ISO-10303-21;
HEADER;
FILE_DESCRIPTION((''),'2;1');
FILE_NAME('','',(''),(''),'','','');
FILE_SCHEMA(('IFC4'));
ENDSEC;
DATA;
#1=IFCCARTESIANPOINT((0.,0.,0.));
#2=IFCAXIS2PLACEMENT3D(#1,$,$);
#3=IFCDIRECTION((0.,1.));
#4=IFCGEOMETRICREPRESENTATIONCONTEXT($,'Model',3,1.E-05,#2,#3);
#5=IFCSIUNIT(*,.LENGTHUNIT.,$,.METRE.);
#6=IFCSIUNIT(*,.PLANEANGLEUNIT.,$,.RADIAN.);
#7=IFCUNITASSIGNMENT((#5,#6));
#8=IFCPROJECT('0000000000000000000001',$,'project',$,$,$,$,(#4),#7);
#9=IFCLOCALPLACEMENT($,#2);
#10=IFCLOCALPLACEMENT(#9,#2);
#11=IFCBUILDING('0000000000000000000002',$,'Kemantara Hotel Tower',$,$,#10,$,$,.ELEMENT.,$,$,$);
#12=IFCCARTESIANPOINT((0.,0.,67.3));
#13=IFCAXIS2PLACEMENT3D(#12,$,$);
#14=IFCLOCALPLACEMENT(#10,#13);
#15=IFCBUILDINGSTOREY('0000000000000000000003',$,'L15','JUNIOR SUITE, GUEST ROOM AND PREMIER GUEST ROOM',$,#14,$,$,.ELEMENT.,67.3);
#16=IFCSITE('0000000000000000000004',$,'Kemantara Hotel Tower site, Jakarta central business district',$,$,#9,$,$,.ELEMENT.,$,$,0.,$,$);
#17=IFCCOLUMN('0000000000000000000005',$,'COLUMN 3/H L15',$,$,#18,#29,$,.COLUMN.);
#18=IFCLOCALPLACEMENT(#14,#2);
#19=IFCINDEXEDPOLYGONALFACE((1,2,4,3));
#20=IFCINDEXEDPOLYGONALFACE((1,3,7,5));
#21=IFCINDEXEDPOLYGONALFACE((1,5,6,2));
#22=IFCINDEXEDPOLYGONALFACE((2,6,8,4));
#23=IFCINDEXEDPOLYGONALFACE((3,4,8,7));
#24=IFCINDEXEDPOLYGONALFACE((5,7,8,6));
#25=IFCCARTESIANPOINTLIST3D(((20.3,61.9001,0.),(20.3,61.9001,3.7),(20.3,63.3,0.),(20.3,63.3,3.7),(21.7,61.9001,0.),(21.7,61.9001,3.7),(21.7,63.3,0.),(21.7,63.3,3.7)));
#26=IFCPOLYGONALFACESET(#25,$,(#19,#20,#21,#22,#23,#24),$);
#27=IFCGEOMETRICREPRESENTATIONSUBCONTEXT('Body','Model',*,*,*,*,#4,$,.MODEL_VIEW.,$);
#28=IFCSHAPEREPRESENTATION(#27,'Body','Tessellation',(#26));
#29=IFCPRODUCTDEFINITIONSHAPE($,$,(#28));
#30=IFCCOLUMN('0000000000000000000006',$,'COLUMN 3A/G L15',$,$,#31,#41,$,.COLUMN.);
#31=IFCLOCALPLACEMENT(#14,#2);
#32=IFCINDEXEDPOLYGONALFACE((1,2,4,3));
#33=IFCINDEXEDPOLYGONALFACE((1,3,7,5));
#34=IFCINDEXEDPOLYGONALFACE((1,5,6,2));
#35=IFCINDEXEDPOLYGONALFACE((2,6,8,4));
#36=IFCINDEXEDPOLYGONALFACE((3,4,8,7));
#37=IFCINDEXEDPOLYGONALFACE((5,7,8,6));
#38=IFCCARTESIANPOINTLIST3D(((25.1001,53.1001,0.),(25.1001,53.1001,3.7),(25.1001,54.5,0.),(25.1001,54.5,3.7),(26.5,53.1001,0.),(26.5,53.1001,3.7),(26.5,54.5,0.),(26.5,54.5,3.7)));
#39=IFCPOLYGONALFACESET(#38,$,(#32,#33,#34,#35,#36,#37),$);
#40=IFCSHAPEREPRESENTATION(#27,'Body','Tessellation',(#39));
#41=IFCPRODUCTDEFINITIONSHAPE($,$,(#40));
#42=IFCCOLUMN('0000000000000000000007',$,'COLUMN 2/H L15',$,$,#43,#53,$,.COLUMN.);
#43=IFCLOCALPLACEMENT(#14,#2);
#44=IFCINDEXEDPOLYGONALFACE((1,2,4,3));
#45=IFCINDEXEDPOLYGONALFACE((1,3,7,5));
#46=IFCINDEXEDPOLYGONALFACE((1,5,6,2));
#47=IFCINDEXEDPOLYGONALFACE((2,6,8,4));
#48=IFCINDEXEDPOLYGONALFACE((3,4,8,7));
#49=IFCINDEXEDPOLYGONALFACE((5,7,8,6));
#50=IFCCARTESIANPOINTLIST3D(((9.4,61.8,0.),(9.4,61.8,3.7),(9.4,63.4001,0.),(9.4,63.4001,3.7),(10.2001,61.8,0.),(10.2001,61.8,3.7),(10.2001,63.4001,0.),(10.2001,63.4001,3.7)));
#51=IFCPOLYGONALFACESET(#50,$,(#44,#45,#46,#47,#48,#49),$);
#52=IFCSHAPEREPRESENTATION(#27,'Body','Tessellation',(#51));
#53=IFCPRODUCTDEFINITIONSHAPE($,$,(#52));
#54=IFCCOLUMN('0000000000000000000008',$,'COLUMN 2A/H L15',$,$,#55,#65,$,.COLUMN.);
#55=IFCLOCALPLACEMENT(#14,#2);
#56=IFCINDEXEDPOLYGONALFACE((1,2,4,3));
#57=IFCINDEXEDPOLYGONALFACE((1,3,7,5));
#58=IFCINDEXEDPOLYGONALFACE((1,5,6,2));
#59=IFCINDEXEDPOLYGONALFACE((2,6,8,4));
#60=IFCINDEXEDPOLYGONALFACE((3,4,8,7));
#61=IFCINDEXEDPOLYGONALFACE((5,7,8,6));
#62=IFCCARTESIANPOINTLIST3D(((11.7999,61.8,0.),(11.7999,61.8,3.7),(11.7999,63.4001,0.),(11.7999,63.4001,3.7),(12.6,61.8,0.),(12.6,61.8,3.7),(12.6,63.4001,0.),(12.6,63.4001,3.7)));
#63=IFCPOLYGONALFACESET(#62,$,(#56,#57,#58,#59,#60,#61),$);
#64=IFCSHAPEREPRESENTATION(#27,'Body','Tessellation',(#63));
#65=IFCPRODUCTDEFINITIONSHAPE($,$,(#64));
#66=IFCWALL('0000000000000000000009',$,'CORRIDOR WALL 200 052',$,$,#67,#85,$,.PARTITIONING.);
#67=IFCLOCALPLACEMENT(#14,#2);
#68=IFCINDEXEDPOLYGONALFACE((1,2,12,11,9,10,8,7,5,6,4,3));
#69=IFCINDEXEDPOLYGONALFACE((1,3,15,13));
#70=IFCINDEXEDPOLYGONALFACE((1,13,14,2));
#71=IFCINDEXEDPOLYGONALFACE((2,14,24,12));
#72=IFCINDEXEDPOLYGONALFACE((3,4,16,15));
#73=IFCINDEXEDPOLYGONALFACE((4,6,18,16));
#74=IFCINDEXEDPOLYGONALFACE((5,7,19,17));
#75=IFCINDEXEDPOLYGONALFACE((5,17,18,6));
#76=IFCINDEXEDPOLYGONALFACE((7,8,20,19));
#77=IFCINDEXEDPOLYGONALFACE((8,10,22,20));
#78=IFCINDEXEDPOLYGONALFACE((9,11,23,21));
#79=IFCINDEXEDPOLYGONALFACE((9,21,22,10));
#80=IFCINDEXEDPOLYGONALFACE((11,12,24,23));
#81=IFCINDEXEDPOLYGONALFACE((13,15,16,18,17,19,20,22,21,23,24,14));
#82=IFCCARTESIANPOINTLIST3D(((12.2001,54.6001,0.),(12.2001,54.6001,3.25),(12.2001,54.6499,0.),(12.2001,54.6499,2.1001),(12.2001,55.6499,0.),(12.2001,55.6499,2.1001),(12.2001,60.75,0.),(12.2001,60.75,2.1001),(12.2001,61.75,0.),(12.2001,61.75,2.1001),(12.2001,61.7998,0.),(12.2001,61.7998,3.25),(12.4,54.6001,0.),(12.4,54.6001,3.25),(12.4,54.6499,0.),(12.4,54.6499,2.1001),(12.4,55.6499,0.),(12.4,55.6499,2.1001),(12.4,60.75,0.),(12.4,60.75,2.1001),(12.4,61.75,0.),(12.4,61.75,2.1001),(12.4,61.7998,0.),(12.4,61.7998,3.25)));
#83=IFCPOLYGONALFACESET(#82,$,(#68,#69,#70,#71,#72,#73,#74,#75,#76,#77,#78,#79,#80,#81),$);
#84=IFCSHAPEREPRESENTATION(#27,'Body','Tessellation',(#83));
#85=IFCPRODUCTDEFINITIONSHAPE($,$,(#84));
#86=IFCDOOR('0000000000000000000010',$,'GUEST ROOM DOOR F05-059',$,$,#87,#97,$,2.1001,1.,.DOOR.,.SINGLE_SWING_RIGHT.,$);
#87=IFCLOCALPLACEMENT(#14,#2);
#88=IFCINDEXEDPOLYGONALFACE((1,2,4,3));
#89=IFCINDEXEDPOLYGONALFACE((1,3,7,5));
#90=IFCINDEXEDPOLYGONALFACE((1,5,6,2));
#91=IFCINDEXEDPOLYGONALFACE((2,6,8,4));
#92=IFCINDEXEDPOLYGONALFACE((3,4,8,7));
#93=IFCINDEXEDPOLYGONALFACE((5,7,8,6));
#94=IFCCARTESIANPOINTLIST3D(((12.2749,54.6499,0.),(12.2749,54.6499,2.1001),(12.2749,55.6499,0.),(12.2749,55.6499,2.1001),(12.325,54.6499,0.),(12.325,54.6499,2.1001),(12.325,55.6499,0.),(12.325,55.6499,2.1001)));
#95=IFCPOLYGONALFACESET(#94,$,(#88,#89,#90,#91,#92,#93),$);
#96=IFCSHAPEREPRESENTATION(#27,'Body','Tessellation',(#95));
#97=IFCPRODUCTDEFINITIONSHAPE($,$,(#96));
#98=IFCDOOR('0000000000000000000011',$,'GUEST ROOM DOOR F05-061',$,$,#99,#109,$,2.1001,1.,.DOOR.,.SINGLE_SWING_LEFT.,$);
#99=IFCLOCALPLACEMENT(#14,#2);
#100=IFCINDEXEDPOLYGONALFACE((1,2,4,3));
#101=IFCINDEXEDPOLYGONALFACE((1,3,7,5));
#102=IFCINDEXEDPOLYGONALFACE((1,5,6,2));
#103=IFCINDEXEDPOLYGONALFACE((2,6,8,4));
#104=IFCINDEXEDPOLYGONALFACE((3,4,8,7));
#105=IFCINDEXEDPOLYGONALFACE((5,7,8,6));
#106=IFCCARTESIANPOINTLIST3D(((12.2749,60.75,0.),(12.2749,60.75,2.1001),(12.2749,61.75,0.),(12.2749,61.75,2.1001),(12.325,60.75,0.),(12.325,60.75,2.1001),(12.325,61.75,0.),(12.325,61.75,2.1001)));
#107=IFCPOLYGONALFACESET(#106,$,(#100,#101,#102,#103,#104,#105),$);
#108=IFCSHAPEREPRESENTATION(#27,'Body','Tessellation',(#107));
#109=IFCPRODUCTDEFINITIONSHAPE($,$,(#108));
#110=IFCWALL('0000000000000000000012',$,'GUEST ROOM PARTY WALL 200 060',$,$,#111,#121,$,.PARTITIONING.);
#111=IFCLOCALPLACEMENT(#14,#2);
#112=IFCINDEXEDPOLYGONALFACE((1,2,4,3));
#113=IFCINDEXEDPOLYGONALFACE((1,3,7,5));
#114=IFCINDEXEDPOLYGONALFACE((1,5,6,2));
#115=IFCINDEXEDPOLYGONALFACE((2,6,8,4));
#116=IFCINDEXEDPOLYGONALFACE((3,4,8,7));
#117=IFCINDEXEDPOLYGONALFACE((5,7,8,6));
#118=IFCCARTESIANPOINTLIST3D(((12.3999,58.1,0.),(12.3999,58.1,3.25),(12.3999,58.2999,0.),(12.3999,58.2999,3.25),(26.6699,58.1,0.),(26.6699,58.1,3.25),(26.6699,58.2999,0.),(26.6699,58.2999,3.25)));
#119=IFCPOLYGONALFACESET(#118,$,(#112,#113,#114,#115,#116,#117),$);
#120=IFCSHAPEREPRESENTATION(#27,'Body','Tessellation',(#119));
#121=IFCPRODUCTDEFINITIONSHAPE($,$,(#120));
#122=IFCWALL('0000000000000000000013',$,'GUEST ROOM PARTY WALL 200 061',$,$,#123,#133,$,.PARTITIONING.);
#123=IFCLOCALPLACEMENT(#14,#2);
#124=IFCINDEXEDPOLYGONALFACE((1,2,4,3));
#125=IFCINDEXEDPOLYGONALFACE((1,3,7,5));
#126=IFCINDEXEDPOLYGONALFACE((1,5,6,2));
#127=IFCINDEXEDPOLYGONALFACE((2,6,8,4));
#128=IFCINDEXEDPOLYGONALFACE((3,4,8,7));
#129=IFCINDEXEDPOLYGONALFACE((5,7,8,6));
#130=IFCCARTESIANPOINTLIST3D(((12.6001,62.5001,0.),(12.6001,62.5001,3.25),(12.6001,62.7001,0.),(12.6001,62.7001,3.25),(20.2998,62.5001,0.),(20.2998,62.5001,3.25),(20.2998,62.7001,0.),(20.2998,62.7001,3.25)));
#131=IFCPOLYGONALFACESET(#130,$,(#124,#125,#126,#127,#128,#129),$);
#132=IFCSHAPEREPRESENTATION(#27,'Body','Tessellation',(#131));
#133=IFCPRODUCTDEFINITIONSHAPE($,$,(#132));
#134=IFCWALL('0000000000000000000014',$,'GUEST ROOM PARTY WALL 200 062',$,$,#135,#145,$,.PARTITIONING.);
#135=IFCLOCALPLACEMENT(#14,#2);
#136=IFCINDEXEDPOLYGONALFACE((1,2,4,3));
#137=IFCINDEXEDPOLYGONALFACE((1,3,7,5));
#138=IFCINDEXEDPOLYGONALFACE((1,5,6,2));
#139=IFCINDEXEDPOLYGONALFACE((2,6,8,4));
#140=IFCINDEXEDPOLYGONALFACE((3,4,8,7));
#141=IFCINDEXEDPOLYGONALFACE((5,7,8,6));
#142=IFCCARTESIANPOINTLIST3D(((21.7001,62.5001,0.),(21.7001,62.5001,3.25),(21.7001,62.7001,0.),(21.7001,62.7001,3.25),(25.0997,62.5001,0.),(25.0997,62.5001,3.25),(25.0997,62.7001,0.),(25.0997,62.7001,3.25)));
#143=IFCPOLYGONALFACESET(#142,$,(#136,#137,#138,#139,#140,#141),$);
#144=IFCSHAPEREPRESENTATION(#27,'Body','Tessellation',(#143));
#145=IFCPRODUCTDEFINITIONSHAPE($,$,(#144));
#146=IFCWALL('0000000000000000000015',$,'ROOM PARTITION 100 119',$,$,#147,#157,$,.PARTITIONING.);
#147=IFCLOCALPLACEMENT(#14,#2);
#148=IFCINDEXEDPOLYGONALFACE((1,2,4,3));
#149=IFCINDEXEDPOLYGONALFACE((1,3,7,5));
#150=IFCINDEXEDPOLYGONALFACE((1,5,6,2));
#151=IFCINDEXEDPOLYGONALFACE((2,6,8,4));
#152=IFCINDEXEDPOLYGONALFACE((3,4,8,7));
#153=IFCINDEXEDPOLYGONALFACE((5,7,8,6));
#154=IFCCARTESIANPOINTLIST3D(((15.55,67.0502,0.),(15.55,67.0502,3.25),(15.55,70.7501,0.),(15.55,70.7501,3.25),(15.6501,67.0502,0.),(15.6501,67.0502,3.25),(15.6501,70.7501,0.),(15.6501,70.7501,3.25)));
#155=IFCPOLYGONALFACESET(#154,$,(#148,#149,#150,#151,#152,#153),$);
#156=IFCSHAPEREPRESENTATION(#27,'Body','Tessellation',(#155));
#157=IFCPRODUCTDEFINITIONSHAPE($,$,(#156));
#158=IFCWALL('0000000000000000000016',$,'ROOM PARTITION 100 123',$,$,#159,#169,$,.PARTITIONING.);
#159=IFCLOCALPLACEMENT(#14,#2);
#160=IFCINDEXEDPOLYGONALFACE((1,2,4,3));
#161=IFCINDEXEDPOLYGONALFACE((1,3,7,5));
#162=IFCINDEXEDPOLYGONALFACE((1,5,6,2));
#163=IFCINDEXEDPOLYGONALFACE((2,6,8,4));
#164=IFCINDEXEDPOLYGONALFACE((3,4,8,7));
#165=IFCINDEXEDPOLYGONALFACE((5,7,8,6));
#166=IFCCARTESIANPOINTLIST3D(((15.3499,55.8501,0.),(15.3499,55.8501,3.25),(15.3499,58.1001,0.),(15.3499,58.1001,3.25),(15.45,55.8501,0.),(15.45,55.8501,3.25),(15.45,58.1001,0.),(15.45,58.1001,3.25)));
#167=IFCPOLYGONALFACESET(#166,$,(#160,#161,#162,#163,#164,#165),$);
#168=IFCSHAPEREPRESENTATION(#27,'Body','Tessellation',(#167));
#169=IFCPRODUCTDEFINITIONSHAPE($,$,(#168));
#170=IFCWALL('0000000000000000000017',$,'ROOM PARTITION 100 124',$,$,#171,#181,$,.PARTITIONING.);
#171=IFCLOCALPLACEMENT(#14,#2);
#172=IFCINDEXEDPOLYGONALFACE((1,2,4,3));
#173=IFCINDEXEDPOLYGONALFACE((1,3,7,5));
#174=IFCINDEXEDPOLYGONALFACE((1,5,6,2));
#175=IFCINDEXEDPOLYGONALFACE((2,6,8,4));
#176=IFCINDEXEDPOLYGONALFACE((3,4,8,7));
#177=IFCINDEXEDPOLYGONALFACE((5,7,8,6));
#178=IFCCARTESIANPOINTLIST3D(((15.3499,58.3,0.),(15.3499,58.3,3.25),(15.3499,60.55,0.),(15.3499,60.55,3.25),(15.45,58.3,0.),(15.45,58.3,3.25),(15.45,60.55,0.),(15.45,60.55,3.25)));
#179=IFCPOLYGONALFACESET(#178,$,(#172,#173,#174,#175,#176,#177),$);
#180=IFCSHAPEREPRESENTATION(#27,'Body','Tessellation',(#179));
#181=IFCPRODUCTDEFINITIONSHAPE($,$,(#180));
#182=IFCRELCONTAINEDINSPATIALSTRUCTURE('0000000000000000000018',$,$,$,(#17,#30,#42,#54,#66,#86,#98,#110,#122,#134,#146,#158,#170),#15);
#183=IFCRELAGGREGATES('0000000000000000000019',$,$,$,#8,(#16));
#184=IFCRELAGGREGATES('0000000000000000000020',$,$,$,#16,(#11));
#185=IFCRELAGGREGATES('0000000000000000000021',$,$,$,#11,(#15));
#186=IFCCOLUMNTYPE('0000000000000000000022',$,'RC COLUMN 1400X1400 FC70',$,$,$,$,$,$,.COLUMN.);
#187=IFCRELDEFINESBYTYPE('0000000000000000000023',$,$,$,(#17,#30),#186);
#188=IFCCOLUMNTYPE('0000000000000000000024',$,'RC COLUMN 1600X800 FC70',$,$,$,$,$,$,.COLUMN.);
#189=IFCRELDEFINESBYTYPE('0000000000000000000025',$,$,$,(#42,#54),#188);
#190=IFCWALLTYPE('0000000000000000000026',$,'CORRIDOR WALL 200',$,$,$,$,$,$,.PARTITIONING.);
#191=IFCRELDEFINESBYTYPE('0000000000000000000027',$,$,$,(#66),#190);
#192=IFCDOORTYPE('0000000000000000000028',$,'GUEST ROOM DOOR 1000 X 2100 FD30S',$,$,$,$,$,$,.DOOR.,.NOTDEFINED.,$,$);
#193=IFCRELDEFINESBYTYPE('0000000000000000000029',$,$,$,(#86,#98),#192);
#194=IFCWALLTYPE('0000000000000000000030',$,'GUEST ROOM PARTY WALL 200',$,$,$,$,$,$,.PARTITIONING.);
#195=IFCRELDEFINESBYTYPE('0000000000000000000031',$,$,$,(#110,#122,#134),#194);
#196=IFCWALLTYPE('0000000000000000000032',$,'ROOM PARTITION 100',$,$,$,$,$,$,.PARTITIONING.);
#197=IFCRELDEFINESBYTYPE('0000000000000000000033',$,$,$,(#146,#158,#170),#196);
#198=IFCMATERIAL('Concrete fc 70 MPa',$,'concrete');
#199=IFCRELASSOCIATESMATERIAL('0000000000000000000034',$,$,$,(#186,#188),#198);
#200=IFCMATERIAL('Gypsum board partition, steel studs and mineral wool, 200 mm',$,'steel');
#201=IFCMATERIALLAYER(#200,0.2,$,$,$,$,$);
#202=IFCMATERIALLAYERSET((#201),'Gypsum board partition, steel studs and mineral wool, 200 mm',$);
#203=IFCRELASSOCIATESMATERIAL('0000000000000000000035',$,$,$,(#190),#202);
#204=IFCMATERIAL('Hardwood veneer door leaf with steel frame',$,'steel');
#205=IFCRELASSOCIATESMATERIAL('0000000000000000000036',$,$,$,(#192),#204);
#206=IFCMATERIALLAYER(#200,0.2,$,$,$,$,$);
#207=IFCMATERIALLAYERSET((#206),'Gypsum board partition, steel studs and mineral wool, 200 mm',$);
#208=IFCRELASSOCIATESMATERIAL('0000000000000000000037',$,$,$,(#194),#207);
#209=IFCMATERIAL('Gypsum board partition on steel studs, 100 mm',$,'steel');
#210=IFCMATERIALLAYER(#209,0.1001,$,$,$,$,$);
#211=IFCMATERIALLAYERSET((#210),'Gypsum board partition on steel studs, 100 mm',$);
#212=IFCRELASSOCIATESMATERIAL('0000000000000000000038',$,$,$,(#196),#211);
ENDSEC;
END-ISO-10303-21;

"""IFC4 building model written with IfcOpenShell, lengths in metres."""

from ifc_helpers import new_model, si_unit, direction, frame, frame_2d, origin, origin_2d, place, context, subcontext, project, spatial, rectangle, extrude, material, layer, layer_set, material_profile, profile_set, type_object, element, fill, save


model = new_model("IFC4")

# Units and contexts
model_context = context("Model", 3, precision=1e-05, world=origin(), true_north=direction((0.0, 1.0)))
body_context = subcontext(model_context, "Body", "Model", "MODEL_VIEW")
ifc_project = project(units=[si_unit("LENGTHUNIT", "METRE"), si_unit("PLANEANGLEUNIT", "RADIAN")], contexts=[model_context])

# Site, building, storey
site_placement = place(None, origin())
site = spatial("IfcSite", under=ifc_project, at=site_placement, Name="Kemantara Hotel Tower site, Jakarta central business district", CompositionType="ELEMENT", RefElevation=0.0)
building_placement = place(site_placement, origin())
building = spatial("IfcBuilding", under=site, at=building_placement, Name="Kemantara Hotel Tower", CompositionType="ELEMENT")
storey_placement = place(building_placement, frame((0.0, 0.0, 67.3)))
storey = spatial("IfcBuildingStorey", under=building, at=storey_placement, Name="L15", Description="JUNIOR SUITE, GUEST ROOM AND PREMIER GUEST ROOM", CompositionType="ELEMENT", Elevation=67.3)

# Columns
ifc_material_1 = material(Name="Concrete fc 70 MPa", Category="concrete")
ifc_material_profile_1 = material_profile(ifc_material_1, rectangle(XDim=1.3999, YDim=1.3999, at=origin_2d()), Name="RC 1400X1400")
ifc_profile_set_1 = profile_set([ifc_material_profile_1], Name="Concrete fc 70 MPa")
column_type_1 = type_object("IfcColumnType", Name="RC COLUMN 1400X1400 FC70", PredefinedType="COLUMN", material=ifc_profile_set_1)
for number, where, z_axis, x_axis, name in (
    (1, (21.0, 62.6001, 0.0), (0.0, 0.0, 1.0), (1.0, 0.0, 0.0), "COLUMN 3/H L15"),
    (2, (25.8, 53.8, 0.0), (0.0, 0.0, 1.0), (1.0, 0.0, 0.0), "COLUMN 3A/G L15"),
):
    element("IfcColumn", number, at=place(storey_placement, frame(where, z_axis=z_axis, x_axis=x_axis)), inside=storey, type_object=column_type_1, Name=name, PredefinedType="COLUMN", context=body_context, shape_type="SweptSolid", body=[
        extrude(rectangle(XDim=1.3999, YDim=1.3999, at=origin_2d()), origin(), (0.0, 0.0, 1.0), 3.7),
    ])
ifc_material_profile_2 = material_profile(ifc_material_1, rectangle(XDim=1.6001, YDim=0.8, at=origin_2d()), Name="RC 1600X800")
ifc_profile_set_2 = profile_set([ifc_material_profile_2], Name="Concrete fc 70 MPa")
column_type_2 = type_object("IfcColumnType", Name="RC COLUMN 1600X800 FC70", PredefinedType="COLUMN", material=ifc_profile_set_2)
for number, where, z_axis, x_axis, name in (
    (3, (9.8, 62.6001, 0.0), (0.0, 0.0, 1.0), (0.0, 1.0, 0.0), "COLUMN 2/H L15"),
    (4, (12.2, 62.6001, 0.0), (0.0, 0.0, 1.0), (0.0, 1.0, 0.0), "COLUMN 2A/H L15"),
):
    element("IfcColumn", number, at=place(storey_placement, frame(where, z_axis=z_axis, x_axis=x_axis)), inside=storey, type_object=column_type_2, Name=name, PredefinedType="COLUMN", context=body_context, shape_type="SweptSolid", body=[
        extrude(rectangle(XDim=1.6001, YDim=0.8, at=origin_2d()), origin(), (0.0, 0.0, 1.0), 3.7),
    ])

# Wall, openings, doors
ifc_material_2 = material(Name="Gypsum board partition, steel studs and mineral wool, 200 mm", Category="steel")
ifc_layer_1 = layer(ifc_material_2, 0.2)
ifc_layer_set_1 = layer_set([ifc_layer_1], Name="Gypsum board partition, steel studs and mineral wool, 200 mm")
wall_type_1 = type_object("IfcWallType", Name="CORRIDOR WALL 200", PredefinedType="PARTITIONING", material=ifc_layer_set_1)
wall_1_placement = place(storey_placement, frame((12.3, 61.7998, 0.0), z_axis=(0.0, 0.0, 1.0), x_axis=(0.0, -1.0, 0.0)))
wall_1 = element("IfcWall", 5, at=wall_1_placement, inside=storey, type_object=wall_type_1, Name="CORRIDOR WALL 200 052", PredefinedType="PARTITIONING", context=body_context, shape_type="SweptSolid", body=[
    extrude(rectangle(XDim=7.1997, YDim=0.2, at=frame_2d((3.5999, 0.0))), origin(), (0.0, 0.0, 1.0), 3.25),
])
opening_1_placement = place(wall_1_placement, frame((6.1499, 0.0, 0.0)))
opening_1 = element("IfcOpeningElement", 6, at=opening_1_placement, cuts=wall_1, PredefinedType="OPENING", context=body_context, shape_type="SweptSolid", body=[
    extrude(rectangle(XDim=1.0, YDim=2.1001, at=frame_2d((0.5, 1.05))), frame((0.0, 0.1099, 0.0), z_axis=(0.0, -1.0, 0.0), x_axis=(1.0, 0.0, 0.0)), (0.0, 0.0, 1.0), 0.22),
])
opening_2_placement = place(wall_1_placement, frame((0.0498, 0.0, 0.0)))
opening_2 = element("IfcOpeningElement", 7, at=opening_2_placement, cuts=wall_1, PredefinedType="OPENING", context=body_context, shape_type="SweptSolid", body=[
    extrude(rectangle(XDim=1.0, YDim=2.1001, at=frame_2d((0.5, 1.05))), frame((0.0, 0.1099, 0.0), z_axis=(0.0, -1.0, 0.0), x_axis=(1.0, 0.0, 0.0)), (0.0, 0.0, 1.0), 0.22),
])
ifc_material_3 = material(Name="Hardwood veneer door leaf with steel frame", Category="steel")
door_type_1 = type_object("IfcDoorType", Name="GUEST ROOM DOOR 1000 X 2100 FD30S", OperationType="NOTDEFINED", PredefinedType="DOOR", material=ifc_material_3)
door_1_placement = place(opening_1_placement, origin())
door_1 = element("IfcDoor", 8, at=door_1_placement, inside=storey, type_object=door_type_1, Name="GUEST ROOM DOOR F05-059", OperationType="SINGLE_SWING_RIGHT", OverallHeight=2.1001, OverallWidth=1.0, PredefinedType="DOOR", context=body_context, shape_type="SweptSolid", body=[
    extrude(rectangle(XDim=1.0, YDim=2.1001, at=frame_2d((0.5, 1.05))), frame((0.0, 0.0249, 0.0), z_axis=(0.0, -1.0, 0.0), x_axis=(1.0, 0.0, 0.0)), (0.0, 0.0, 1.0), 0.05),
])
fill(opening_1, door_1)
door_2_placement = place(opening_2_placement, origin())
door_2 = element("IfcDoor", 9, at=door_2_placement, inside=storey, type_object=door_type_1, Name="GUEST ROOM DOOR F05-061", OperationType="SINGLE_SWING_LEFT", OverallHeight=2.1001, OverallWidth=1.0, PredefinedType="DOOR", context=body_context, shape_type="SweptSolid", body=[
    extrude(rectangle(XDim=1.0, YDim=2.1001, at=frame_2d((0.5, 1.05))), frame((0.0, 0.0249, 0.0), z_axis=(0.0, -1.0, 0.0), x_axis=(1.0, 0.0, 0.0)), (0.0, 0.0, 1.0), 0.05),
])
fill(opening_2, door_2)

# Walls
ifc_layer_2 = layer(ifc_material_2, 0.2)
ifc_layer_set_2 = layer_set([ifc_layer_2], Name="Gypsum board partition, steel studs and mineral wool, 200 mm")
wall_type_2 = type_object("IfcWallType", Name="GUEST ROOM PARTY WALL 200", PredefinedType="PARTITIONING", material=ifc_layer_set_2)
wall_2_placement = place(storey_placement, frame((12.3999, 58.2, 0.0), z_axis=(0.0, 0.0, 1.0), x_axis=(1.0, 0.0, 0.0)))
element("IfcWall", 10, at=wall_2_placement, inside=storey, type_object=wall_type_2, Name="GUEST ROOM PARTY WALL 200 060", PredefinedType="PARTITIONING", context=body_context, shape_type="SweptSolid", body=[
    extrude(rectangle(XDim=14.27, YDim=0.2, at=frame_2d((7.135, 0.0))), origin(), (0.0, 0.0, 1.0), 3.25),
])
wall_3_placement = place(storey_placement, frame((12.6001, 62.6001, 0.0), z_axis=(0.0, 0.0, 1.0), x_axis=(1.0, 0.0, 0.0)))
element("IfcWall", 11, at=wall_3_placement, inside=storey, type_object=wall_type_2, Name="GUEST ROOM PARTY WALL 200 061", PredefinedType="PARTITIONING", context=body_context, shape_type="SweptSolid", body=[
    extrude(rectangle(XDim=7.6997, YDim=0.2, at=frame_2d((3.8499, 0.0))), origin(), (0.0, 0.0, 1.0), 3.25),
])
wall_4_placement = place(storey_placement, frame((21.7002, 62.6001, 0.0), z_axis=(0.0, 0.0, 1.0), x_axis=(1.0, 0.0, 0.0)))
element("IfcWall", 12, at=wall_4_placement, inside=storey, type_object=wall_type_2, Name="GUEST ROOM PARTY WALL 200 062", PredefinedType="PARTITIONING", context=body_context, shape_type="SweptSolid", body=[
    extrude(rectangle(XDim=3.3997, YDim=0.2, at=frame_2d((1.6997, 0.0))), origin(), (0.0, 0.0, 1.0), 3.25),
])
ifc_material_4 = material(Name="Gypsum board partition on steel studs, 100 mm", Category="steel")
ifc_layer_3 = layer(ifc_material_4, 0.1001)
ifc_layer_set_3 = layer_set([ifc_layer_3], Name="Gypsum board partition on steel studs, 100 mm")
wall_type_3 = type_object("IfcWallType", Name="ROOM PARTITION 100", PredefinedType="PARTITIONING", material=ifc_layer_set_3)
wall_5_placement = place(storey_placement, frame((15.6001, 67.05, 0.0), z_axis=(0.0, 0.0, 1.0), x_axis=(0.0, 1.0, 0.0)))
element("IfcWall", 13, at=wall_5_placement, inside=storey, type_object=wall_type_3, Name="ROOM PARTITION 100 119", PredefinedType="PARTITIONING", context=body_context, shape_type="SweptSolid", body=[
    extrude(rectangle(XDim=3.7, YDim=0.1001, at=frame_2d((1.8501, 0.0))), origin(), (0.0, 0.0, 1.0), 3.25),
])
for number, where, z_axis, x_axis, name in (
    (14, (15.3999, 55.8501, 0.0), (0.0, 0.0, 1.0), (0.0, 1.0, 0.0), "ROOM PARTITION 100 123"),
    (15, (15.3999, 58.3, 0.0), (0.0, 0.0, 1.0), (0.0, 1.0, 0.0), "ROOM PARTITION 100 124"),
):
    element("IfcWall", number, at=place(storey_placement, frame(where, z_axis=z_axis, x_axis=x_axis)), inside=storey, type_object=wall_type_3, Name=name, PredefinedType="PARTITIONING", context=body_context, shape_type="SweptSolid", body=[
        extrude(rectangle(XDim=2.25, YDim=0.1001, at=frame_2d((1.125, 0.0))), origin(), (0.0, 0.0, 1.0), 3.25),
    ])

save(model, "model.ifc")
